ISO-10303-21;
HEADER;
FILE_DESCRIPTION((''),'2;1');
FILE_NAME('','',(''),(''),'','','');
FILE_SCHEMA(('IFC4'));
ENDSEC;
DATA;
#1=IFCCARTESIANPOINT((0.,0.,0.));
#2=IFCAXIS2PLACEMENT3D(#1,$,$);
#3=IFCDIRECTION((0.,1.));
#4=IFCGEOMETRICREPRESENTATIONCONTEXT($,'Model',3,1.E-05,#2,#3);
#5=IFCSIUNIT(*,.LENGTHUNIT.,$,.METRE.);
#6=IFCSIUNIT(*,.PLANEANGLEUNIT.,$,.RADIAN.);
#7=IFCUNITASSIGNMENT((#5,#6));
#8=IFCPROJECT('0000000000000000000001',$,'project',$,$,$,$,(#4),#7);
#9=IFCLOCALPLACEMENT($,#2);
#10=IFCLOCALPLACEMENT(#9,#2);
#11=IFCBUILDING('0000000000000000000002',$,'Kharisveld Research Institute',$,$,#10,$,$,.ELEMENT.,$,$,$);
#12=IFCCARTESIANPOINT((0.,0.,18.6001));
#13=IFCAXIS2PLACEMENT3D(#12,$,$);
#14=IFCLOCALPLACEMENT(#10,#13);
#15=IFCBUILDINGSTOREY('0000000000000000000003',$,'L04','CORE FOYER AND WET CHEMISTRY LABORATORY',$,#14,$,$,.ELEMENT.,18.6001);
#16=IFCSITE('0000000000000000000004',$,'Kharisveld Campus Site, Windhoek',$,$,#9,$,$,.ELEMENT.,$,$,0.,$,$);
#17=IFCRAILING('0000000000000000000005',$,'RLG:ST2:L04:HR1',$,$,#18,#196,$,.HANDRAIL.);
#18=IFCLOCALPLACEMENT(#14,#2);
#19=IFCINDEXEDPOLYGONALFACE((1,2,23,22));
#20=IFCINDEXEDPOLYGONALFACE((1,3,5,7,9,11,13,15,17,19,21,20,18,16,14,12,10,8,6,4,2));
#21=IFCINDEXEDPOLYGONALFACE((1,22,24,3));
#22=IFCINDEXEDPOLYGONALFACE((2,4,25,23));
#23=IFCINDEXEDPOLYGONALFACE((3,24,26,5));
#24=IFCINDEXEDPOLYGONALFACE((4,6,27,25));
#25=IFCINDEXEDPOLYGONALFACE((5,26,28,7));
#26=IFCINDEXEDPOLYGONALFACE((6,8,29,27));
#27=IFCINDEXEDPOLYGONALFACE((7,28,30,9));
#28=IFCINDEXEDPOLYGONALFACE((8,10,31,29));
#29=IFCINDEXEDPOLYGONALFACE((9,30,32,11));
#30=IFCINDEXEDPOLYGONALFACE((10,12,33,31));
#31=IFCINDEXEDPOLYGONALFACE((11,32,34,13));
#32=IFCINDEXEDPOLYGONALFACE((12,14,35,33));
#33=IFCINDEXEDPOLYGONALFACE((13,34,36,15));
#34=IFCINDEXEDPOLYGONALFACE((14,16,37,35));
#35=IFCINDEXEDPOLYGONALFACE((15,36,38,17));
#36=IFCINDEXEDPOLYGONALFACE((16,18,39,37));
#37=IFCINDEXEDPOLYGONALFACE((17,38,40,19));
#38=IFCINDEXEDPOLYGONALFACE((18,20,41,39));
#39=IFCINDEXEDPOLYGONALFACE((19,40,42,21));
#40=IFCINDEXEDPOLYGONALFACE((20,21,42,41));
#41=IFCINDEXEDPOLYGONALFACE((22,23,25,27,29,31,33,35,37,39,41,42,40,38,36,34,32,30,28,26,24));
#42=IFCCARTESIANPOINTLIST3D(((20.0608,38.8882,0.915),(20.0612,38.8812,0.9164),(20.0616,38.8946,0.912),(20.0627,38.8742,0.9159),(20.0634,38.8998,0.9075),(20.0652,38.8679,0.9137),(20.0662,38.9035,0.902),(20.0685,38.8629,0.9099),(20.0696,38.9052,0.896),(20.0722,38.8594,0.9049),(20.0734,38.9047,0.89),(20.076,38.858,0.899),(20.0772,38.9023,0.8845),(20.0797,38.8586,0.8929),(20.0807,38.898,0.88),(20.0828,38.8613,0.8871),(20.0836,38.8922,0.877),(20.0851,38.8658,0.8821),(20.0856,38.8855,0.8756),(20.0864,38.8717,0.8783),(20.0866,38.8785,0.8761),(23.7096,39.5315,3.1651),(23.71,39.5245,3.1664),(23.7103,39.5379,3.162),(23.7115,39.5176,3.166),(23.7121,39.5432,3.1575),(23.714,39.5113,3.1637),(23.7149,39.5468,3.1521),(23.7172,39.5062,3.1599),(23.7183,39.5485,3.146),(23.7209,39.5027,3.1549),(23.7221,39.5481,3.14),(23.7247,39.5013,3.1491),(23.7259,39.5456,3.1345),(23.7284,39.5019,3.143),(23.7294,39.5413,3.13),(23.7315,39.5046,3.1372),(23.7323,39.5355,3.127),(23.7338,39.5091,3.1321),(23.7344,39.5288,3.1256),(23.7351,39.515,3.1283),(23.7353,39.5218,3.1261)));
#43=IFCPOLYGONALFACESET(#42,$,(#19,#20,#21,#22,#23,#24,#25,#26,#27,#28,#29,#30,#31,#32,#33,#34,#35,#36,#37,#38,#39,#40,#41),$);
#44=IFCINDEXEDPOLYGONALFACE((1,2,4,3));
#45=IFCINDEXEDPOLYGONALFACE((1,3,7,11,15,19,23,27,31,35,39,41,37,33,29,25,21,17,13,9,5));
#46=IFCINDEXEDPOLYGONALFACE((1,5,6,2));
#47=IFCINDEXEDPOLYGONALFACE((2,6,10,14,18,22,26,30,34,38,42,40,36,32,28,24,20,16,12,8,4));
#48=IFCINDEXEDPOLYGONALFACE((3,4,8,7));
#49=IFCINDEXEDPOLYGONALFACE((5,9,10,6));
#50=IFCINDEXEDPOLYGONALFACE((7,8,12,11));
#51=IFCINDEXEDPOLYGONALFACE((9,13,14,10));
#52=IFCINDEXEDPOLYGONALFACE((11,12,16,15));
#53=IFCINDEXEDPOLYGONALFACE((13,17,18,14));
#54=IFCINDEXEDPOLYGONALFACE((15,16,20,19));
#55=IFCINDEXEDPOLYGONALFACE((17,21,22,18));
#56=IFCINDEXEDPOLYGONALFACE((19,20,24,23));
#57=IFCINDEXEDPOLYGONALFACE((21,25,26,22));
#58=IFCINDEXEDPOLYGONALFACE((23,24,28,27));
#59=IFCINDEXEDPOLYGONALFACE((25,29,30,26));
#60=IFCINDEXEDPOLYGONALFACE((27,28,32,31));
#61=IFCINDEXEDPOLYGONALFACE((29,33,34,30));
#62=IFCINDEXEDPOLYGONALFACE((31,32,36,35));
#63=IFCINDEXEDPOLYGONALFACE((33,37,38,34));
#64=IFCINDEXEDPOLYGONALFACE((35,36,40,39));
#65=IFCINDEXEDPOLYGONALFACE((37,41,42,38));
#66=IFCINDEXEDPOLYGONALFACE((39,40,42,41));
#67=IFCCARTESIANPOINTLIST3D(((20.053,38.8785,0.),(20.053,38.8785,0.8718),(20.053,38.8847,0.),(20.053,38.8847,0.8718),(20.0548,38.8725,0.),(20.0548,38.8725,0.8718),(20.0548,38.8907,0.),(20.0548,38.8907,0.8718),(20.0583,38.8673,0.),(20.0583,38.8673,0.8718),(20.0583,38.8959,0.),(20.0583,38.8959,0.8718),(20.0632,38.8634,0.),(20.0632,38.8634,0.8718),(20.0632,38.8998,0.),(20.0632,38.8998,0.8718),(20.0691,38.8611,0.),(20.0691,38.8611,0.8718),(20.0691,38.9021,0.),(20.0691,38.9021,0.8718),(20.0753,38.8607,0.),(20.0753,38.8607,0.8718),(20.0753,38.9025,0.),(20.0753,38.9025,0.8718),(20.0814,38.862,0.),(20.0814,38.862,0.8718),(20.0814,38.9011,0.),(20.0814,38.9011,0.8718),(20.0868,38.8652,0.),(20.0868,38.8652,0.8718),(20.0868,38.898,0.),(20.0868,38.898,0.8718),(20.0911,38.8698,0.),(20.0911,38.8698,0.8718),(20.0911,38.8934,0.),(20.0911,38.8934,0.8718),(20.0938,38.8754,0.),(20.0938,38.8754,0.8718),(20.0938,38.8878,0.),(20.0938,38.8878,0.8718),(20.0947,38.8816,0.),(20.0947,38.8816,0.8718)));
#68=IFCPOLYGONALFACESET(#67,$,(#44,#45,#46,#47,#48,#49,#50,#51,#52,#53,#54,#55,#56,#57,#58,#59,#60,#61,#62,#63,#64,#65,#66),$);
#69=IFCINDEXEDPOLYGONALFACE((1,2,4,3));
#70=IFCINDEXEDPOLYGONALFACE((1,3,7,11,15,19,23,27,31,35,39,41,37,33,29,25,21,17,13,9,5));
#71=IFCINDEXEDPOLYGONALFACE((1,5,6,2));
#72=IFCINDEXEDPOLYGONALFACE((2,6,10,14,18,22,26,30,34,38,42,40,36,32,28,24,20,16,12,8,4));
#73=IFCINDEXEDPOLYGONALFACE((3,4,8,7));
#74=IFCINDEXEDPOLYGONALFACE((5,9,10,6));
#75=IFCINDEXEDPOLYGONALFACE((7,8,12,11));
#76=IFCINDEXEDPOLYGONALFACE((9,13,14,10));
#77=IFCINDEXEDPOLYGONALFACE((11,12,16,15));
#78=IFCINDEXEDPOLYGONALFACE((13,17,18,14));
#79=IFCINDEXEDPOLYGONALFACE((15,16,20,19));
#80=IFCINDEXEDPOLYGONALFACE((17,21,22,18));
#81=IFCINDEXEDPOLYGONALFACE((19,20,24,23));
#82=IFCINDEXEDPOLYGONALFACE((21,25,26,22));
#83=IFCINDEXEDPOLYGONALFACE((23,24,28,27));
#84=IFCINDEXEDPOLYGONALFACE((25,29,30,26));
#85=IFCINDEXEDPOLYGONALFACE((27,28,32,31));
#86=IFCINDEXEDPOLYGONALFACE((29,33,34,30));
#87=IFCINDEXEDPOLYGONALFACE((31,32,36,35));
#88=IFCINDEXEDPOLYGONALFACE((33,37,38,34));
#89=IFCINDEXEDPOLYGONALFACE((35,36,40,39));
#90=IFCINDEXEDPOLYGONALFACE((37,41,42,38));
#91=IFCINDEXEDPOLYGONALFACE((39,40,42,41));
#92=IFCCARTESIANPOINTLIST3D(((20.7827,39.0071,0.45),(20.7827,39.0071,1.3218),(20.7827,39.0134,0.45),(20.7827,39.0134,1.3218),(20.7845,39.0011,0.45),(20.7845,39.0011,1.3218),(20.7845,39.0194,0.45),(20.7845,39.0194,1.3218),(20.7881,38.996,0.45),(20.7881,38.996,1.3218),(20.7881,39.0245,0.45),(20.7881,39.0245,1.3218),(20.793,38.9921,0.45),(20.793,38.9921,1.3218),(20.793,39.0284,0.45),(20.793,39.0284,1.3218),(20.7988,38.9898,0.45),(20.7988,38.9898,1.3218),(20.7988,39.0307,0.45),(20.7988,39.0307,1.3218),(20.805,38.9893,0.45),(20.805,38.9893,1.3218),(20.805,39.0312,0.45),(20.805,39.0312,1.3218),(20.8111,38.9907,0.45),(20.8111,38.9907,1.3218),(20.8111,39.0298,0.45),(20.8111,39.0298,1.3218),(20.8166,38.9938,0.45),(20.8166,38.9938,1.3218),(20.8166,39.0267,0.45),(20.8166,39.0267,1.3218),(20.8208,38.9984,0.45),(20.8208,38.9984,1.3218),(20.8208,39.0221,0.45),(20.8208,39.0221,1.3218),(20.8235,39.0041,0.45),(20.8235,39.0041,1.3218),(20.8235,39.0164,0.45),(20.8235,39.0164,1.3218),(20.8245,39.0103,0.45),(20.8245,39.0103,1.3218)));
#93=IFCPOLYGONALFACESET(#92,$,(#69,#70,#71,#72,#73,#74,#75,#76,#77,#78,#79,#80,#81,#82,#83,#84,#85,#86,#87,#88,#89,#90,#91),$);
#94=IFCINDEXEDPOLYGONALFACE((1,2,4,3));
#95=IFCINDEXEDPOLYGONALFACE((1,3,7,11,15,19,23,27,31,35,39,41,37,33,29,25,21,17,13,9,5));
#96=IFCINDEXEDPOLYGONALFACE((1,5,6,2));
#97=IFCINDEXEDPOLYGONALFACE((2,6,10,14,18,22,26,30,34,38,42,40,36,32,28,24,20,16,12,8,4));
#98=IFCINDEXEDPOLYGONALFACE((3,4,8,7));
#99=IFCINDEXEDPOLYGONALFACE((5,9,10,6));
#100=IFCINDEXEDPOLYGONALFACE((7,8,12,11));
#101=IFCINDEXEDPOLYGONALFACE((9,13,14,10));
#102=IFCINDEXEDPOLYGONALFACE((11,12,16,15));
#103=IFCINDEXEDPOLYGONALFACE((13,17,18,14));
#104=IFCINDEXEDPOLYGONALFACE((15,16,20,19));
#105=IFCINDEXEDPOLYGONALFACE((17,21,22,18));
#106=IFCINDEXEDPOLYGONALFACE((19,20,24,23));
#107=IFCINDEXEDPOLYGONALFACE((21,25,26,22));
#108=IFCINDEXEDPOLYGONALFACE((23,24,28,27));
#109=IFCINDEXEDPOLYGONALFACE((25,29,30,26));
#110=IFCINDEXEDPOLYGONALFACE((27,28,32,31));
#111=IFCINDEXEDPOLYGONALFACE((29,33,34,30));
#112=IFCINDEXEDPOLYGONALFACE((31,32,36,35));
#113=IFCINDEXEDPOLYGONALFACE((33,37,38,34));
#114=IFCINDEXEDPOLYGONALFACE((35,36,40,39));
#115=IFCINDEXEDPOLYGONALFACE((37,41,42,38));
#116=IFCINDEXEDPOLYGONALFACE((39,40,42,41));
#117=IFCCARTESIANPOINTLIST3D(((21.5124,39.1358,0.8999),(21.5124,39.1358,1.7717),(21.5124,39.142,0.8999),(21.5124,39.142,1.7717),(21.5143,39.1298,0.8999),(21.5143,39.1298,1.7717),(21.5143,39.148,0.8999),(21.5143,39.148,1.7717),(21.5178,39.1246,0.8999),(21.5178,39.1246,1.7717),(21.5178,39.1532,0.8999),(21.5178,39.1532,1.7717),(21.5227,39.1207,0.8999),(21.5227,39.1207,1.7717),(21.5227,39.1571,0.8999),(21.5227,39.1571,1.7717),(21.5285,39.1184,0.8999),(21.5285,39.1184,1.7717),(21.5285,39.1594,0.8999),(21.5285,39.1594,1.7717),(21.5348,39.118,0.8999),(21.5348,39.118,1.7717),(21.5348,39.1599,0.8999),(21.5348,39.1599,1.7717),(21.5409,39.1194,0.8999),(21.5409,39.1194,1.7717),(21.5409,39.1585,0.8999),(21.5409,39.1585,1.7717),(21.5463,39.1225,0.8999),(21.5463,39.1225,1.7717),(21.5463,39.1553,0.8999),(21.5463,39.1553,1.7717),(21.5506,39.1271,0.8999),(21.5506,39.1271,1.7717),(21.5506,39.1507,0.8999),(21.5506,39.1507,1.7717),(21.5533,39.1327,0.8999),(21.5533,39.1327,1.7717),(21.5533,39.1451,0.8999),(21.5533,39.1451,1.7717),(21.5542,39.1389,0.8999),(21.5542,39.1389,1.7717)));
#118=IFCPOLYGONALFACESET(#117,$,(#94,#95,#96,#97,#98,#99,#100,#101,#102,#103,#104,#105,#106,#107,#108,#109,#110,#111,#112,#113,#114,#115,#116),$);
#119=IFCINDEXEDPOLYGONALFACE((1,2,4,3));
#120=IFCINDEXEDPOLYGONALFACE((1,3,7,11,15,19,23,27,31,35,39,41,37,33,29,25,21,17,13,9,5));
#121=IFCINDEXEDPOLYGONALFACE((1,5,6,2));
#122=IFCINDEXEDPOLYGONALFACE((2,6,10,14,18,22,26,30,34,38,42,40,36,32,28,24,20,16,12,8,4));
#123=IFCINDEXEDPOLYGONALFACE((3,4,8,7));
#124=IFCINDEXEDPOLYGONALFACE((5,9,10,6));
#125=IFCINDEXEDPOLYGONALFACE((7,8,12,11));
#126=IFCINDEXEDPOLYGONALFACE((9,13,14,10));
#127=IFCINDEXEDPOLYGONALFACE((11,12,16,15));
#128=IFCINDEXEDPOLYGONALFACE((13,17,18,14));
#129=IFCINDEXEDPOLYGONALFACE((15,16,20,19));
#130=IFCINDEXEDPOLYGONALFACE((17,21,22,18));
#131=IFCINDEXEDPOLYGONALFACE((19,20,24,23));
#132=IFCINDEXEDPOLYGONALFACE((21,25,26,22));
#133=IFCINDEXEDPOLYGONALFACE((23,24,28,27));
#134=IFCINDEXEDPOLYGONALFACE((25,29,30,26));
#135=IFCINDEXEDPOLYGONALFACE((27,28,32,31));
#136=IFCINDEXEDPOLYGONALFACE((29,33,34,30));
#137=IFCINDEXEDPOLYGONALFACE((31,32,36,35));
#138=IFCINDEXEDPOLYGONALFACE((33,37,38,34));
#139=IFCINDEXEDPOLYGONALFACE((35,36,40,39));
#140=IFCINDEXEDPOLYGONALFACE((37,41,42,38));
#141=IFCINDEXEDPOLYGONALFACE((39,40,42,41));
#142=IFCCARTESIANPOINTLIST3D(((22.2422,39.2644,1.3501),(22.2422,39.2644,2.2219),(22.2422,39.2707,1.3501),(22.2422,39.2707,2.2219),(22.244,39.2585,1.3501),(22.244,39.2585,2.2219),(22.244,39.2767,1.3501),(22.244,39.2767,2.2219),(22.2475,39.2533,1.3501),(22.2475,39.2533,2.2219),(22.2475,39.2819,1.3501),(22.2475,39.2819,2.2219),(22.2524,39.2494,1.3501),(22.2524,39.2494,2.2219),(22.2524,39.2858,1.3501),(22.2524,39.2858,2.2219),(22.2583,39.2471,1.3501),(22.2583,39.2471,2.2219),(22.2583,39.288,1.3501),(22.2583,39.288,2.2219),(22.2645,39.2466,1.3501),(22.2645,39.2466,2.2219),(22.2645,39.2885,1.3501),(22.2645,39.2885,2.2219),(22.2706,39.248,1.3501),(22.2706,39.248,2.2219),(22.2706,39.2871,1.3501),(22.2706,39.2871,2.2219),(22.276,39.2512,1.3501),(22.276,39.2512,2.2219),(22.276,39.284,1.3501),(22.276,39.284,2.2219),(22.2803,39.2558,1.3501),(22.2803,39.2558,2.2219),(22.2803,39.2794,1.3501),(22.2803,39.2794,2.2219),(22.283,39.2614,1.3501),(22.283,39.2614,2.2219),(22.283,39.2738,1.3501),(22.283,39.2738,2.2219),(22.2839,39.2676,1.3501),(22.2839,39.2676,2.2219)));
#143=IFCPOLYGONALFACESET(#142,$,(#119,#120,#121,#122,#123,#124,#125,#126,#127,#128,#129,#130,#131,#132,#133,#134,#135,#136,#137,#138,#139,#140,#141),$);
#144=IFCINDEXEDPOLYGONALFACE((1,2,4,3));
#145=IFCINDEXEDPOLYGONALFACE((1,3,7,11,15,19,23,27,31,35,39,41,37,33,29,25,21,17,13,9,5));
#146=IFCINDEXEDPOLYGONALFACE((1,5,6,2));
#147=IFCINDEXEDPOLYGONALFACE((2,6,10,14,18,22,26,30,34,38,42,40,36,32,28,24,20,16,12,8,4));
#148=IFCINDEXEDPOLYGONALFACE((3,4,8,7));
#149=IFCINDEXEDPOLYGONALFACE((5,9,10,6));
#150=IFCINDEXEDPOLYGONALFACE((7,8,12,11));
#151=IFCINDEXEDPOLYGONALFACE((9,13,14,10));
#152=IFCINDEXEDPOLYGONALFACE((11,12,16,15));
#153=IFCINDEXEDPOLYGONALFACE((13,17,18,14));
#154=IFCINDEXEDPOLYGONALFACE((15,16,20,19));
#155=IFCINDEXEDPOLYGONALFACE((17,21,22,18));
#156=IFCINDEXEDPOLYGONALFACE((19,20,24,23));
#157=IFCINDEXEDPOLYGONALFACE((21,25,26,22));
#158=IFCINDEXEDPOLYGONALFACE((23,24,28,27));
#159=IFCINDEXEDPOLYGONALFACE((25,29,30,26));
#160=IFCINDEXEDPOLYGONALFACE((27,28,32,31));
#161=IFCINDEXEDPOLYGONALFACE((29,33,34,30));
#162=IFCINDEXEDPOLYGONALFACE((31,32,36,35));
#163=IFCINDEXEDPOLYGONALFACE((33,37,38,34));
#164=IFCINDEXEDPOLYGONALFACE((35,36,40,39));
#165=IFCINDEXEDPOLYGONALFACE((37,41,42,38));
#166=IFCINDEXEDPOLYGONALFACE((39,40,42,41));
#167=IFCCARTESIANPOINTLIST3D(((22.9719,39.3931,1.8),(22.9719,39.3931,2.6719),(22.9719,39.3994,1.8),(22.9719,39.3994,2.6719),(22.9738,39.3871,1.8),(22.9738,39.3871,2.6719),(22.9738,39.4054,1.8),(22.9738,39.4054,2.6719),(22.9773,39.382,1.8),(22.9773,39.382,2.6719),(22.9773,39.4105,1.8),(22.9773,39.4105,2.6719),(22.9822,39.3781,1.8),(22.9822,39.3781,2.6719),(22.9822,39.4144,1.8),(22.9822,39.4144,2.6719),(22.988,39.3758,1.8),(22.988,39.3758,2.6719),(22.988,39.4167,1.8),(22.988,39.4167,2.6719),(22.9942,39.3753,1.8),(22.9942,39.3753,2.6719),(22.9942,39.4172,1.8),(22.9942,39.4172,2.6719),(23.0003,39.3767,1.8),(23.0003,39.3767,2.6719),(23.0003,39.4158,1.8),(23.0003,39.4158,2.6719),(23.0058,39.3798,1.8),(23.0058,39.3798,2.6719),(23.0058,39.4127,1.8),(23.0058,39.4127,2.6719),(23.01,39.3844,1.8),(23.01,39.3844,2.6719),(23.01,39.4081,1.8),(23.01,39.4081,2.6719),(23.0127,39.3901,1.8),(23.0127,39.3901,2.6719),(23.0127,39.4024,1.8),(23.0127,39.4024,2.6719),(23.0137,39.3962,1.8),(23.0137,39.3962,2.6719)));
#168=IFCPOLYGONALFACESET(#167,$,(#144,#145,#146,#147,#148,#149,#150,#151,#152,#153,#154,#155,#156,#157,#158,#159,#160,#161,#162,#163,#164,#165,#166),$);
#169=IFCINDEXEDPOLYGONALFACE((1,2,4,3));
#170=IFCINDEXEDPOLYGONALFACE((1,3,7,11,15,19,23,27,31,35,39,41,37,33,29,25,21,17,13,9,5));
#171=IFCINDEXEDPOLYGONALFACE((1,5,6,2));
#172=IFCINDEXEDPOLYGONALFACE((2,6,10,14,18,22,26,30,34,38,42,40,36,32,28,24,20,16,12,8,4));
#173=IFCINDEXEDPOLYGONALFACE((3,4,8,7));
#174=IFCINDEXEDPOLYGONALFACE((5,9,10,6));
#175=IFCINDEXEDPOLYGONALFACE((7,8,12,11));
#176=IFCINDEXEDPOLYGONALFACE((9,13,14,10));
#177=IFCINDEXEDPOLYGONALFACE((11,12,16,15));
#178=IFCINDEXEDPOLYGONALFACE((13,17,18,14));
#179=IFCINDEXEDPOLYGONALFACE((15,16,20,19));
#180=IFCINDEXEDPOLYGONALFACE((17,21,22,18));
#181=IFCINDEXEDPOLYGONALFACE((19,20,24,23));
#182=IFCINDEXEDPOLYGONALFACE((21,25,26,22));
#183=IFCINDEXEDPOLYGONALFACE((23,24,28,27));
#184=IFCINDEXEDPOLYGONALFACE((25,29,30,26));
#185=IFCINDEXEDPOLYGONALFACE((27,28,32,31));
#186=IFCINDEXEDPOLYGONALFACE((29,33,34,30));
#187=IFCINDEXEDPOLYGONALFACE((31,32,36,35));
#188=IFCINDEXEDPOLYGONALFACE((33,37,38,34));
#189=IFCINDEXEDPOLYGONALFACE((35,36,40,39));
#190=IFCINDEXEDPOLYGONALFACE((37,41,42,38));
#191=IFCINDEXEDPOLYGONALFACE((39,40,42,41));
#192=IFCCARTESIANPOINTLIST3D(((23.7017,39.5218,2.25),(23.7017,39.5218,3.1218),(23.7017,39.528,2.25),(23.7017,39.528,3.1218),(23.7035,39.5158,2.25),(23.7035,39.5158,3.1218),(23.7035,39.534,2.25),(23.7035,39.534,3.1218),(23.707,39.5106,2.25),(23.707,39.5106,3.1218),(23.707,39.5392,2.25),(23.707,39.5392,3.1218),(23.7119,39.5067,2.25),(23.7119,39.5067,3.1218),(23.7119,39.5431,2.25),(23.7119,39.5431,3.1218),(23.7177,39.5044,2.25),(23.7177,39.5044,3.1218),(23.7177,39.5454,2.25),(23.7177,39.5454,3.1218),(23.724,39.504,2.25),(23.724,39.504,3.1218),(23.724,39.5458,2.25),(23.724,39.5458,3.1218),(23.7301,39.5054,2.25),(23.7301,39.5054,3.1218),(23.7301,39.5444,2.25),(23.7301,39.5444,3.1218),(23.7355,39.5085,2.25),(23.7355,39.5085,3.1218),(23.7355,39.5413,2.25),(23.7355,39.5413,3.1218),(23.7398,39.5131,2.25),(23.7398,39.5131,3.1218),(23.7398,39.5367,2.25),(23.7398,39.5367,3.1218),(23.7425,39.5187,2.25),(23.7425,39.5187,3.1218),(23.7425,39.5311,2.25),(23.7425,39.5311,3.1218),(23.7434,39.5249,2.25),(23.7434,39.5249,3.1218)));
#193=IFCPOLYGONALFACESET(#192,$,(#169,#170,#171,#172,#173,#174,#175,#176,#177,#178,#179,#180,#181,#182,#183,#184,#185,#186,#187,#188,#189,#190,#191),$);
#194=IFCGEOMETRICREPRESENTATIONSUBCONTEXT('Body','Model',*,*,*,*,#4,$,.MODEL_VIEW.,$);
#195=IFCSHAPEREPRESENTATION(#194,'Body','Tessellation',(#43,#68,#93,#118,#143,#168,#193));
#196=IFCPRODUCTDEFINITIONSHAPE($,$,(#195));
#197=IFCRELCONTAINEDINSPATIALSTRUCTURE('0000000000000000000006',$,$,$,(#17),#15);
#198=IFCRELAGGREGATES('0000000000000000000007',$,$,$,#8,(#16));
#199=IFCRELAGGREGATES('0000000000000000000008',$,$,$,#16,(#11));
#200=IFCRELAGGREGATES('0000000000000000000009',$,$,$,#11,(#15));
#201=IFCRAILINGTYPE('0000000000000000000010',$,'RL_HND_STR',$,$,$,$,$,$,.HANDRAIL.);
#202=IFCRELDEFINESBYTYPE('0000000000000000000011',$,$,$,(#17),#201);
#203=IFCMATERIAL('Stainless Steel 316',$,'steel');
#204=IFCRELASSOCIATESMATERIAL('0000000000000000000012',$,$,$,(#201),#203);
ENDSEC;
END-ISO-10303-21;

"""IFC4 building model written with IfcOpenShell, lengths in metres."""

from ifc_helpers import new_model, si_unit, direction, frame, origin, origin_2d, place, context, subcontext, project, spatial, circle, extrude, material, type_object, element, save


model = new_model("IFC4")

# Units and contexts
model_context = context("Model", 3, precision=1e-05, world=origin(), true_north=direction((0.0, 1.0)))
body_context = subcontext(model_context, "Body", "Model", "MODEL_VIEW")
ifc_project = project(units=[si_unit("LENGTHUNIT", "METRE"), si_unit("PLANEANGLEUNIT", "RADIAN")], contexts=[model_context])

# Site, building, storey
site_placement = place(None, origin())
site = spatial("IfcSite", under=ifc_project, at=site_placement, Name="Kharisveld Campus Site, Windhoek", CompositionType="ELEMENT", RefElevation=0.0)
building_placement = place(site_placement, origin())
building = spatial("IfcBuilding", under=site, at=building_placement, Name="Kharisveld Research Institute", CompositionType="ELEMENT")
storey_placement = place(building_placement, frame((0.0, 0.0, 18.6001)))
storey = spatial("IfcBuildingStorey", under=building, at=storey_placement, Name="L04", Description="CORE FOYER AND WET CHEMISTRY LABORATORY", CompositionType="ELEMENT", Elevation=18.6001)

# Railing
ifc_material_1 = material(Name="Stainless Steel 316", Category="steel")
railing_type_1 = type_object("IfcRailingType", Name="RL_HND_STR", PredefinedType="HANDRAIL", material=ifc_material_1)
railing_1_placement = place(storey_placement, frame((20.0737, 38.8816, 0.0)))
element("IfcRailing", 1, at=railing_1_placement, inside=storey, type_object=railing_type_1, Name="RLG:ST2:L04:HR1", PredefinedType="HANDRAIL", context=body_context, shape_type="SweptSolid", body=[
    extrude(circle(Radius=0.0239, at=origin_2d()), frame((0.0, 0.0, 0.896), z_axis=(0.841747, 0.148411, 0.519073), x_axis=(-0.173635, 0.98481, 0.0)), (0.0, 0.0, 1.0), 4.3347),
    extrude(circle(Radius=0.021, at=origin_2d()), origin(), (0.0, 0.0, 1.0), 0.8718),
    extrude(circle(Radius=0.021, at=origin_2d()), frame((0.7297, 0.1287, 0.45)), (0.0, 0.0, 1.0), 0.8718),
    extrude(circle(Radius=0.021, at=origin_2d()), frame((1.4595, 0.2573, 0.8999)), (0.0, 0.0, 1.0), 0.8718),
    extrude(circle(Radius=0.021, at=origin_2d()), frame((2.1892, 0.386, 1.3501)), (0.0, 0.0, 1.0), 0.8718),
    extrude(circle(Radius=0.021, at=origin_2d()), frame((2.9189, 0.5146, 1.8)), (0.0, 0.0, 1.0), 0.8718),
    extrude(circle(Radius=0.021, at=origin_2d()), frame((3.6487, 0.6433, 2.25)), (0.0, 0.0, 1.0), 0.8718),
])

save(model, "model.ifc")
